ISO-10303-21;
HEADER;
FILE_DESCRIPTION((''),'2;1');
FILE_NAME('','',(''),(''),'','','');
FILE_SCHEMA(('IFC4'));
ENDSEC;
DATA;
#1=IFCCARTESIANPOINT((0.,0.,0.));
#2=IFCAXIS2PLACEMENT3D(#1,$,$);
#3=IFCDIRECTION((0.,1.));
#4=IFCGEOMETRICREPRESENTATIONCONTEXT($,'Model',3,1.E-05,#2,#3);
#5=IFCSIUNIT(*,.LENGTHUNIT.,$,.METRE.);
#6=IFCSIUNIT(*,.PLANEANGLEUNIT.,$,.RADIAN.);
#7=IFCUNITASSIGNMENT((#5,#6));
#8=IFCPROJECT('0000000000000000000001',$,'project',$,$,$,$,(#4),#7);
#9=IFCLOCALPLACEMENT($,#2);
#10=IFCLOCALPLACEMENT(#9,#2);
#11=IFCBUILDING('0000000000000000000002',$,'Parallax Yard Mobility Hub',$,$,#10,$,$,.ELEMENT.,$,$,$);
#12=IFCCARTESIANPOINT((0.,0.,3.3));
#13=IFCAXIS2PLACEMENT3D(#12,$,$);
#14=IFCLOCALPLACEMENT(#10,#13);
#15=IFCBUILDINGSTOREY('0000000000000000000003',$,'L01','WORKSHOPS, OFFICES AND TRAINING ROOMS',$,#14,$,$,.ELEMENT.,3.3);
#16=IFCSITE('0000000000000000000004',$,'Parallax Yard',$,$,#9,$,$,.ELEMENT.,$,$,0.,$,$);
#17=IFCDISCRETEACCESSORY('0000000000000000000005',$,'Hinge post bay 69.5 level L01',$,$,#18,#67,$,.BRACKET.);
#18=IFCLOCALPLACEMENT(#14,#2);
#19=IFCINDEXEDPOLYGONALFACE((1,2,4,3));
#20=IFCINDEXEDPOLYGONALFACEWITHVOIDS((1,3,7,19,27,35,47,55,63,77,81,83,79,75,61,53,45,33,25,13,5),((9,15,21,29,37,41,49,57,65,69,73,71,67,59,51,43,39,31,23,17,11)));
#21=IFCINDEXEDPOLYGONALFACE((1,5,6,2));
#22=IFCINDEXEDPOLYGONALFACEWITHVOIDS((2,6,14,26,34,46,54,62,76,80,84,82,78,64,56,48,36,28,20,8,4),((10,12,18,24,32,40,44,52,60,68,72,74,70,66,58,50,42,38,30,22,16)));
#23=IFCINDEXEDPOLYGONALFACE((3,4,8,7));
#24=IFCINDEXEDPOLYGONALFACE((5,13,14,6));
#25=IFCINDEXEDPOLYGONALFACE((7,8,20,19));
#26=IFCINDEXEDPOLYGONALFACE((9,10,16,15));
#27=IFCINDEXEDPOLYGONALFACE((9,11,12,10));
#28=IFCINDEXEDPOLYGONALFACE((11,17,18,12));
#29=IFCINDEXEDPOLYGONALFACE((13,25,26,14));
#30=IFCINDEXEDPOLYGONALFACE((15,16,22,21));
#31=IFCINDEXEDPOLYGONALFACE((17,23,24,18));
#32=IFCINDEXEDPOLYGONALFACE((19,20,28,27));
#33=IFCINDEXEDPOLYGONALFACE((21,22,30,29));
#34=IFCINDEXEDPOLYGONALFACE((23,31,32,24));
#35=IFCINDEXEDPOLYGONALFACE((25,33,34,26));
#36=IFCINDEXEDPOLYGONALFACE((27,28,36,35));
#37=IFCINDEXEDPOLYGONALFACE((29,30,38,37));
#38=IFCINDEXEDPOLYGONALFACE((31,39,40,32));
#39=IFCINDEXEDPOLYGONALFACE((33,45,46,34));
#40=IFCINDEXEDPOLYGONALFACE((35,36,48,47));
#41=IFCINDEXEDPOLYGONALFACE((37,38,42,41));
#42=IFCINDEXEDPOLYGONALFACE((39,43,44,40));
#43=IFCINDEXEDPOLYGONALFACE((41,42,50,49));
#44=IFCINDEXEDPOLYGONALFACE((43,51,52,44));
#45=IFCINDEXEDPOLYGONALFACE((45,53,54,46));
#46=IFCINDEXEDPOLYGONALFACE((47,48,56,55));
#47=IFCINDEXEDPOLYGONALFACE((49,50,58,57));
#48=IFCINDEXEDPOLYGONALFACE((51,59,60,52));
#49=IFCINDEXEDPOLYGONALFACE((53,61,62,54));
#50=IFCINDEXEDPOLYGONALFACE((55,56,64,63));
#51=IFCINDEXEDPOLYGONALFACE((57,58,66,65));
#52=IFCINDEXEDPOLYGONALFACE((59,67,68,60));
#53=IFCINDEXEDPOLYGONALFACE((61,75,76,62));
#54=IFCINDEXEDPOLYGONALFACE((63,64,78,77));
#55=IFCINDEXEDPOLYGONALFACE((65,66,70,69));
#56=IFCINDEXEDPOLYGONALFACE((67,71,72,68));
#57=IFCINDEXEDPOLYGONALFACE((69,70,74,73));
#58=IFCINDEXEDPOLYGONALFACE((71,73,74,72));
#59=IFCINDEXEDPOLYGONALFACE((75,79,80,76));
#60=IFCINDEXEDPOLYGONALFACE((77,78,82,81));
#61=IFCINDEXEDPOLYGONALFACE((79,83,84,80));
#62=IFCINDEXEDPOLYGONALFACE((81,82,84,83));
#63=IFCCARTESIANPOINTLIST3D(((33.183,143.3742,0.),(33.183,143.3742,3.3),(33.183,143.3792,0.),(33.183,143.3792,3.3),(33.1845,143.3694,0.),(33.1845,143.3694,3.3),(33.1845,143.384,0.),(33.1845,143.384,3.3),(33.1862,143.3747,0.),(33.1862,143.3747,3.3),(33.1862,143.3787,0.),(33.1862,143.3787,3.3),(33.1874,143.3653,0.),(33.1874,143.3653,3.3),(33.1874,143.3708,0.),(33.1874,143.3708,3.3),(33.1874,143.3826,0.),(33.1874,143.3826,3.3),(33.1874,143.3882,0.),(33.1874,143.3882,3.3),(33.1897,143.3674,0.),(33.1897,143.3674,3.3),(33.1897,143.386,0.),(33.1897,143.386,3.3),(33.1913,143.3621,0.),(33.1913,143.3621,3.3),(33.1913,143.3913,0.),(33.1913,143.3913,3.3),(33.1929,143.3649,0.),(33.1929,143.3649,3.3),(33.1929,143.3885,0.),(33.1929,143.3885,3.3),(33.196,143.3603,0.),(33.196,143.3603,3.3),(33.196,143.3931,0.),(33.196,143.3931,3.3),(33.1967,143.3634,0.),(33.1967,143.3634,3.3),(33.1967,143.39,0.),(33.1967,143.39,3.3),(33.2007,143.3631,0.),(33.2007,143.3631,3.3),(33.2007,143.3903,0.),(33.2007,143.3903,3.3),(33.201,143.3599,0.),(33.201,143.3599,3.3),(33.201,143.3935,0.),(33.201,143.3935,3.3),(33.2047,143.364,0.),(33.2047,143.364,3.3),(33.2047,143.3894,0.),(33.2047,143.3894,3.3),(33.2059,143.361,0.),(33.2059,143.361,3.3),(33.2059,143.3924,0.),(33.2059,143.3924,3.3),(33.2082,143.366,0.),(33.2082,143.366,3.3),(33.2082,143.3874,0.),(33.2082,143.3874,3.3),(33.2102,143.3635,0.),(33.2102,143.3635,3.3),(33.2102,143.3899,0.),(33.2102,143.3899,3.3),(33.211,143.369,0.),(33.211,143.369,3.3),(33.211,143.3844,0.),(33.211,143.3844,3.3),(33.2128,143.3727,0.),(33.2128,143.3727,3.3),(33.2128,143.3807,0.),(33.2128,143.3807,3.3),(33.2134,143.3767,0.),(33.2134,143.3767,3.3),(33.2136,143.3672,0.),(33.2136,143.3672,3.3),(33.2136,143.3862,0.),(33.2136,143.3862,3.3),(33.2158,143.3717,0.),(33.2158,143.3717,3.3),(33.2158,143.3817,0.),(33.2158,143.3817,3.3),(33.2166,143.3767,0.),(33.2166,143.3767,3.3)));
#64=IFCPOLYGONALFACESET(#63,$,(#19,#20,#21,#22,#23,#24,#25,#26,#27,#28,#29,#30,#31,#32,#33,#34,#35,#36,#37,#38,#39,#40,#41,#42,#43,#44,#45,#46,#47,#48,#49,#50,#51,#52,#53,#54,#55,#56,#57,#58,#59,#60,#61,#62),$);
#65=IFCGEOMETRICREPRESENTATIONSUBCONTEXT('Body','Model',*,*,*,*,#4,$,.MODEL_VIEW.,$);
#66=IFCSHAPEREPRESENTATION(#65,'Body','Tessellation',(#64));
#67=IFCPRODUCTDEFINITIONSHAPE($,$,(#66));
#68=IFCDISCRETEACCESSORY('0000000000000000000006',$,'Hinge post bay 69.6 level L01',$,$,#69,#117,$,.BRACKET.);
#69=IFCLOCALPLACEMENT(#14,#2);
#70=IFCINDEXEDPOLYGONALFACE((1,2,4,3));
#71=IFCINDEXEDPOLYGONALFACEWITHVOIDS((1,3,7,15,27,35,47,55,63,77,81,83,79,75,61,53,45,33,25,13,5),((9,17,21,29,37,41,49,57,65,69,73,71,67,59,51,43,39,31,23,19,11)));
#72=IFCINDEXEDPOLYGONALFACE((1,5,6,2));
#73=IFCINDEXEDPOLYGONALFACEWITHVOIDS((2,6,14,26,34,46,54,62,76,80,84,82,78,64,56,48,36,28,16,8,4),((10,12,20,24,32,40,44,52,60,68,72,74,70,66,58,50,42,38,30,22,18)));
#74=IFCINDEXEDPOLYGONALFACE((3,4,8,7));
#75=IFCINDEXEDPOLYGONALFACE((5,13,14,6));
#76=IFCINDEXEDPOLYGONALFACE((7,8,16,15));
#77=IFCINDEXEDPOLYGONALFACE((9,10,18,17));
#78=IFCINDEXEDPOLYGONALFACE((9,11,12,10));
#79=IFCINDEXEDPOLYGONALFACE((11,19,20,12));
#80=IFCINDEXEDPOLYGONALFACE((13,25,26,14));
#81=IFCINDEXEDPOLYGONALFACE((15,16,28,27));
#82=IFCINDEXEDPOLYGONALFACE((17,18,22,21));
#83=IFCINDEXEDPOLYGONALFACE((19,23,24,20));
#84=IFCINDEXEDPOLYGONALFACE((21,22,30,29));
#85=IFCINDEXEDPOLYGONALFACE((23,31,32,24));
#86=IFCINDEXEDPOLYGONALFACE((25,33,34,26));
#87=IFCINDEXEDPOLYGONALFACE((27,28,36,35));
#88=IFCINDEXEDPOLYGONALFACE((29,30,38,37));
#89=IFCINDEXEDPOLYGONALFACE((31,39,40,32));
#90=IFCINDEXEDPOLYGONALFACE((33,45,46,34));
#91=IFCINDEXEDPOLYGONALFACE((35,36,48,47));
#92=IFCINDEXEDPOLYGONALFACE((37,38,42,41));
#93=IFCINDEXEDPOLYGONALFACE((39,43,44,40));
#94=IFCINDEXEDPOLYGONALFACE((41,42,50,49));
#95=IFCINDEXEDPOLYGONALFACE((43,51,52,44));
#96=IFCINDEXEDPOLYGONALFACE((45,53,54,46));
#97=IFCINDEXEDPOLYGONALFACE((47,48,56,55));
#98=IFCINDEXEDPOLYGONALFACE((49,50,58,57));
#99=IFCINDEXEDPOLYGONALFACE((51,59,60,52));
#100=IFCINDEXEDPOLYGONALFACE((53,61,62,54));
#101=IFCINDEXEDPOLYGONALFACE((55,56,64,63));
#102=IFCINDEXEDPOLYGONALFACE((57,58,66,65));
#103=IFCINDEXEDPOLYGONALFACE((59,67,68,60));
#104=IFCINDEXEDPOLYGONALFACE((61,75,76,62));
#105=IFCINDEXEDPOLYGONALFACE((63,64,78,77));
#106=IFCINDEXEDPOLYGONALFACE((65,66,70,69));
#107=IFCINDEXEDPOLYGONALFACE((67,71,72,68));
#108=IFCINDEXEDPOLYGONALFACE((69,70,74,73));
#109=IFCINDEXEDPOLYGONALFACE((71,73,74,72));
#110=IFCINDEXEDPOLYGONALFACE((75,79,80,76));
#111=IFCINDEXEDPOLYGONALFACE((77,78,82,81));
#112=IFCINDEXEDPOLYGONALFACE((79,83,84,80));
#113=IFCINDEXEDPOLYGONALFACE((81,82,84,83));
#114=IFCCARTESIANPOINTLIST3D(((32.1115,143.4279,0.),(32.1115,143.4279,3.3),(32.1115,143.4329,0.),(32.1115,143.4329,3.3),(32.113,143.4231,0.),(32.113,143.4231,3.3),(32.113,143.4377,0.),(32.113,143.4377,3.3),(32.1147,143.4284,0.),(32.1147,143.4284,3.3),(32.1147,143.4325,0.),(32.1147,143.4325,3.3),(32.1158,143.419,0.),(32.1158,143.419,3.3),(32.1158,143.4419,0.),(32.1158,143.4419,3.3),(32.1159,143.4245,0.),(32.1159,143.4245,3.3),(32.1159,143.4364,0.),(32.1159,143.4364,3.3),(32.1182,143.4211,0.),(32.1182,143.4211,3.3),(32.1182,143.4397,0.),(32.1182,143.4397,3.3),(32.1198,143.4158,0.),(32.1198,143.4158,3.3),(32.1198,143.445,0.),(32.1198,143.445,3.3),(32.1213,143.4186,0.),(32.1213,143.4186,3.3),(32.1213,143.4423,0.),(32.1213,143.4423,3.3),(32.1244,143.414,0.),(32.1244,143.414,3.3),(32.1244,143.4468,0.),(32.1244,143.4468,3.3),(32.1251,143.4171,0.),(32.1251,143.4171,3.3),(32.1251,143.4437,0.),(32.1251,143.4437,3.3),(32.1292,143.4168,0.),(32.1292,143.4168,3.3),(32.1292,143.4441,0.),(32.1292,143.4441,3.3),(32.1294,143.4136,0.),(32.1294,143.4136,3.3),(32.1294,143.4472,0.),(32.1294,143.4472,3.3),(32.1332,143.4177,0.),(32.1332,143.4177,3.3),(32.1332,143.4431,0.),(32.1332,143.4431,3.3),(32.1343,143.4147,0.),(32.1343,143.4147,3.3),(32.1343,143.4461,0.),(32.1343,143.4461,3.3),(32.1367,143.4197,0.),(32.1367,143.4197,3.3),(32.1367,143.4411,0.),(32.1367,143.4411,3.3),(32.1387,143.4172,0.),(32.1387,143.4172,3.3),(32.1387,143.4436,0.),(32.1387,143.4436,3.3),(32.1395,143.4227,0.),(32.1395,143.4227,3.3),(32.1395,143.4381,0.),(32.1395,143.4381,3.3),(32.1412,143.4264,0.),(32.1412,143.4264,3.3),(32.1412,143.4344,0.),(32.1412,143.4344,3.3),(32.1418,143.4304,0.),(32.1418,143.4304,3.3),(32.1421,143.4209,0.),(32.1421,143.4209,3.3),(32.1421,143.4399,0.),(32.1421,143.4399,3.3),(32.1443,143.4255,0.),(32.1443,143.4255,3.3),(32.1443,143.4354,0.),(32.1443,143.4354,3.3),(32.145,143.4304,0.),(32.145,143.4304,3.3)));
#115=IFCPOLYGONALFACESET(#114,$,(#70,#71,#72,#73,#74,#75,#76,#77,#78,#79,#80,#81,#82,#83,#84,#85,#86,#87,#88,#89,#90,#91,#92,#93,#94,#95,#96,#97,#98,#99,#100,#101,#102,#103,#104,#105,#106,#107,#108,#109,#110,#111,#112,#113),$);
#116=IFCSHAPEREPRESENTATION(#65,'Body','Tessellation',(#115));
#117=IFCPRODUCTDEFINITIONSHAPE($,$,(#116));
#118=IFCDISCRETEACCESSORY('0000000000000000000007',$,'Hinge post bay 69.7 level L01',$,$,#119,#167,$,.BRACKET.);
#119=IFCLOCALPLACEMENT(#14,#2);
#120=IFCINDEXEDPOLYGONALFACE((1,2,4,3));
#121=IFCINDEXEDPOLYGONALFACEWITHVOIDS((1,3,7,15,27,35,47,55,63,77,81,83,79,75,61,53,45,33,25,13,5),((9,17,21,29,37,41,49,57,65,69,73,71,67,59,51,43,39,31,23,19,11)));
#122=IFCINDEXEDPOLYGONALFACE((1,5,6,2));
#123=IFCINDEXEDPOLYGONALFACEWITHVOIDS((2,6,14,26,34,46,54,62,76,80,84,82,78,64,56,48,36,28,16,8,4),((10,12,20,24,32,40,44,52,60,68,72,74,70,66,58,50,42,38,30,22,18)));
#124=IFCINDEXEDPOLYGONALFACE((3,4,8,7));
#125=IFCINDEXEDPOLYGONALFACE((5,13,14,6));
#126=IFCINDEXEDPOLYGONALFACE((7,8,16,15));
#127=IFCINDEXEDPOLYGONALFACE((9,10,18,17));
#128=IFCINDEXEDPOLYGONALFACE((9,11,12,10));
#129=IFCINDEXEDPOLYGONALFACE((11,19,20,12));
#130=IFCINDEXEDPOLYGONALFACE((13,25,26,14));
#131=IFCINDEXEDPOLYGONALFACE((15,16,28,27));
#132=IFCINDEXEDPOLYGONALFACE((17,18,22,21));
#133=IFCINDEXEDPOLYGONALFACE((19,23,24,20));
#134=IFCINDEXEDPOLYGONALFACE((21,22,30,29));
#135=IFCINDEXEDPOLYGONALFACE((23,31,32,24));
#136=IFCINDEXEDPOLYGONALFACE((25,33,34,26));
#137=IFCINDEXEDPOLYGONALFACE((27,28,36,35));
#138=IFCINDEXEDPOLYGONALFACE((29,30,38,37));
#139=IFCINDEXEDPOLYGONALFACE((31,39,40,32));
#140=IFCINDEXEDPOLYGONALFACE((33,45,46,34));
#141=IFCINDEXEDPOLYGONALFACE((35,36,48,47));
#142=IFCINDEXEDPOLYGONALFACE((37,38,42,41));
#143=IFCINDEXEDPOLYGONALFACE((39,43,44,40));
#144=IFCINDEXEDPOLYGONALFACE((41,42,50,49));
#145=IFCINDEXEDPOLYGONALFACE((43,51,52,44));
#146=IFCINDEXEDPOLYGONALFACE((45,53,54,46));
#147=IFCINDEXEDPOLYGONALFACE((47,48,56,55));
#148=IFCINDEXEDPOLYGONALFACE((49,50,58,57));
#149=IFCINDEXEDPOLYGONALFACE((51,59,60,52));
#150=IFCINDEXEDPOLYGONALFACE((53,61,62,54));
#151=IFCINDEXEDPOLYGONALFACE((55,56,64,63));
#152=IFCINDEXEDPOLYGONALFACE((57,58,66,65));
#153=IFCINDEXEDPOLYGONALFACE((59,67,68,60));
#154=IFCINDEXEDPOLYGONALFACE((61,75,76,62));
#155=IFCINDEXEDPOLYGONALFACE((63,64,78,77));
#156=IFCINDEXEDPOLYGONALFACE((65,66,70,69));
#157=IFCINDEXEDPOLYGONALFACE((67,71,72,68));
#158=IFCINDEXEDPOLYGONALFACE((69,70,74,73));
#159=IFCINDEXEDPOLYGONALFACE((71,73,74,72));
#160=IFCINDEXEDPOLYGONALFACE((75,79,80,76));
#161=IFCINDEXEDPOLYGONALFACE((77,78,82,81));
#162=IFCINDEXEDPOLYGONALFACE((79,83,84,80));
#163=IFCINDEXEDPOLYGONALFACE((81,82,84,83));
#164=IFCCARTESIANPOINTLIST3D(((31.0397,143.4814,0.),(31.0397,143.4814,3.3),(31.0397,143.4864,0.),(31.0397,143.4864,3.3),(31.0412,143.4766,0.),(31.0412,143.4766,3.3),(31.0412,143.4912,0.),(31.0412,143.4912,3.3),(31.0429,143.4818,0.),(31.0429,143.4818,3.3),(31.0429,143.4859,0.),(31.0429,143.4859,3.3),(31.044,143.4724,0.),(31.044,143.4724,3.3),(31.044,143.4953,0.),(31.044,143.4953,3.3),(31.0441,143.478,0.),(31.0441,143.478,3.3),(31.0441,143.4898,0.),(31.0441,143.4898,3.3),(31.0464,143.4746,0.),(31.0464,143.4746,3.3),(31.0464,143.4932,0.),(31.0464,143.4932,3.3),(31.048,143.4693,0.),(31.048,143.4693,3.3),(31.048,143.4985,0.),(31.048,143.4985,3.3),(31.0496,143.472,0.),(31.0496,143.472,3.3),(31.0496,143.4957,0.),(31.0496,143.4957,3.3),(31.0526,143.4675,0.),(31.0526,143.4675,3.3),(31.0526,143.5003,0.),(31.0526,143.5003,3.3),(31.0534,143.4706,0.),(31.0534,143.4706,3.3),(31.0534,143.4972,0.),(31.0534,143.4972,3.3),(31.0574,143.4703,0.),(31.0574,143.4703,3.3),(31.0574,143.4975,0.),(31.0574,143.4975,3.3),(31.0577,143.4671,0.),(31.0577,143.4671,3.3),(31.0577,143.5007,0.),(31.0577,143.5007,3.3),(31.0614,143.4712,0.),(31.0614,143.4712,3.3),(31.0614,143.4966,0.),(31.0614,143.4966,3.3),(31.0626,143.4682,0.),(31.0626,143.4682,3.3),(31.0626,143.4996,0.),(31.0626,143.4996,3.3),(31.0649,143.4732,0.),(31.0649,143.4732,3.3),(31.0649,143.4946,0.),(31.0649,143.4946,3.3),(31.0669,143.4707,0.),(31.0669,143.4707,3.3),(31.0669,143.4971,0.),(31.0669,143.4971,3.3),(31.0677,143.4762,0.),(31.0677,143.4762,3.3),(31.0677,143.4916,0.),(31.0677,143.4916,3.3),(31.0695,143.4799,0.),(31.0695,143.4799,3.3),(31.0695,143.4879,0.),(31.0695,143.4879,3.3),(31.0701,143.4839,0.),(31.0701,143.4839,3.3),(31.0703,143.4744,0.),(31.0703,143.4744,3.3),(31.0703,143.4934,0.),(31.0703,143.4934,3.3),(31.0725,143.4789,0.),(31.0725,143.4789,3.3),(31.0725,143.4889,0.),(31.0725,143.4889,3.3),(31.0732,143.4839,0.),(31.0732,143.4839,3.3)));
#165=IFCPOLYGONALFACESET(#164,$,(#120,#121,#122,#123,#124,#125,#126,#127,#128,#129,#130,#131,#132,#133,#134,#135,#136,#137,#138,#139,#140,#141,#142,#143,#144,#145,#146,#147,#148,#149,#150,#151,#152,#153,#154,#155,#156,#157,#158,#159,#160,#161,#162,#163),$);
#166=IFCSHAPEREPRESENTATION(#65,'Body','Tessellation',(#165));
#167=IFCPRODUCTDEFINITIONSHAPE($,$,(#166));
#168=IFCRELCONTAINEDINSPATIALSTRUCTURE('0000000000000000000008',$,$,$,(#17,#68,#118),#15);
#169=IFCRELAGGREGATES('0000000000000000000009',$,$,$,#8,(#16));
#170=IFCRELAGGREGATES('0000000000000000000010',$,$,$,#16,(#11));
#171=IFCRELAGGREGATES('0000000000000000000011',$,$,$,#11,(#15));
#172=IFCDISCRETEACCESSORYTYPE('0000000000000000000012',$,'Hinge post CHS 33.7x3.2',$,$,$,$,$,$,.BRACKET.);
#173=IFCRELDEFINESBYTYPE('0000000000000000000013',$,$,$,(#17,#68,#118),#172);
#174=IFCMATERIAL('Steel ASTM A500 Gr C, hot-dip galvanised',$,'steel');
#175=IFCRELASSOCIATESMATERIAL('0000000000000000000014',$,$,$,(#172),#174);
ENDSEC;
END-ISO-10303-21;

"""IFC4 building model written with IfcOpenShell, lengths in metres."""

from ifc_helpers import new_model, si_unit, direction, frame, origin, origin_2d, place, context, subcontext, project, spatial, hollow_circle, extrude, material, material_profile, profile_set, type_object, element, save


model = new_model("IFC4")

# Units and contexts
model_context = context("Model", 3, precision=1e-05, world=origin(), true_north=direction((0.0, 1.0)))
body_context = subcontext(model_context, "Body", "Model", "MODEL_VIEW")
ifc_project = project(units=[si_unit("LENGTHUNIT", "METRE"), si_unit("PLANEANGLEUNIT", "RADIAN")], contexts=[model_context])

# Site, building, storey
site_placement = place(None, origin())
site = spatial("IfcSite", under=ifc_project, at=site_placement, Name="Parallax Yard", CompositionType="ELEMENT", RefElevation=0.0)
building_placement = place(site_placement, origin())
building = spatial("IfcBuilding", under=site, at=building_placement, Name="Parallax Yard Mobility Hub", CompositionType="ELEMENT")
storey_placement = place(building_placement, frame((0.0, 0.0, 3.3)))
storey = spatial("IfcBuildingStorey", under=building, at=storey_placement, Name="L01", Description="WORKSHOPS, OFFICES AND TRAINING ROOMS", CompositionType="ELEMENT", Elevation=3.3)

# Discrete accessories
ifc_material_1 = material(Name="Steel ASTM A500 Gr C, hot-dip galvanised", Category="steel")
ifc_material_profile = material_profile(ifc_material_1, hollow_circle(Radius=0.0168, WallThickness=0.0032, at=origin_2d()), Name="CHS 33.7x3.2")
ifc_profile_set = profile_set([ifc_material_profile], Name="Steel ASTM A500 Gr C, hot-dip galvanised")
discrete_accessory_type_1 = type_object("IfcDiscreteAccessoryType", Name="Hinge post CHS 33.7x3.2", PredefinedType="BRACKET", material=ifc_profile_set)
for number, where, z_axis, x_axis, name in (
    (1, (33.1997, 143.3767, 0.0), (0.0, 0.0, 1.0), (1.0, 0.0, 0.0), "Hinge post bay 69.5 level L01"),
    (2, (32.1282, 143.4304, 0.0), (0.0, 0.0, 1.0), (1.0, 0.0, 0.0), "Hinge post bay 69.6 level L01"),
    (3, (31.0564, 143.4839, 0.0), (0.0, 0.0, 1.0), (1.0, 0.0, 0.0), "Hinge post bay 69.7 level L01"),
):
    element("IfcDiscreteAccessory", number, at=place(storey_placement, frame(where, z_axis=z_axis, x_axis=x_axis)), inside=storey, type_object=discrete_accessory_type_1, Name=name, PredefinedType="BRACKET", context=body_context, shape_type="SweptSolid", body=[
        extrude(hollow_circle(Radius=0.0168, WallThickness=0.0032, at=origin_2d()), origin(), (0.0, 0.0, 1.0), 3.3),
    ])

save(model, "model.ifc")
